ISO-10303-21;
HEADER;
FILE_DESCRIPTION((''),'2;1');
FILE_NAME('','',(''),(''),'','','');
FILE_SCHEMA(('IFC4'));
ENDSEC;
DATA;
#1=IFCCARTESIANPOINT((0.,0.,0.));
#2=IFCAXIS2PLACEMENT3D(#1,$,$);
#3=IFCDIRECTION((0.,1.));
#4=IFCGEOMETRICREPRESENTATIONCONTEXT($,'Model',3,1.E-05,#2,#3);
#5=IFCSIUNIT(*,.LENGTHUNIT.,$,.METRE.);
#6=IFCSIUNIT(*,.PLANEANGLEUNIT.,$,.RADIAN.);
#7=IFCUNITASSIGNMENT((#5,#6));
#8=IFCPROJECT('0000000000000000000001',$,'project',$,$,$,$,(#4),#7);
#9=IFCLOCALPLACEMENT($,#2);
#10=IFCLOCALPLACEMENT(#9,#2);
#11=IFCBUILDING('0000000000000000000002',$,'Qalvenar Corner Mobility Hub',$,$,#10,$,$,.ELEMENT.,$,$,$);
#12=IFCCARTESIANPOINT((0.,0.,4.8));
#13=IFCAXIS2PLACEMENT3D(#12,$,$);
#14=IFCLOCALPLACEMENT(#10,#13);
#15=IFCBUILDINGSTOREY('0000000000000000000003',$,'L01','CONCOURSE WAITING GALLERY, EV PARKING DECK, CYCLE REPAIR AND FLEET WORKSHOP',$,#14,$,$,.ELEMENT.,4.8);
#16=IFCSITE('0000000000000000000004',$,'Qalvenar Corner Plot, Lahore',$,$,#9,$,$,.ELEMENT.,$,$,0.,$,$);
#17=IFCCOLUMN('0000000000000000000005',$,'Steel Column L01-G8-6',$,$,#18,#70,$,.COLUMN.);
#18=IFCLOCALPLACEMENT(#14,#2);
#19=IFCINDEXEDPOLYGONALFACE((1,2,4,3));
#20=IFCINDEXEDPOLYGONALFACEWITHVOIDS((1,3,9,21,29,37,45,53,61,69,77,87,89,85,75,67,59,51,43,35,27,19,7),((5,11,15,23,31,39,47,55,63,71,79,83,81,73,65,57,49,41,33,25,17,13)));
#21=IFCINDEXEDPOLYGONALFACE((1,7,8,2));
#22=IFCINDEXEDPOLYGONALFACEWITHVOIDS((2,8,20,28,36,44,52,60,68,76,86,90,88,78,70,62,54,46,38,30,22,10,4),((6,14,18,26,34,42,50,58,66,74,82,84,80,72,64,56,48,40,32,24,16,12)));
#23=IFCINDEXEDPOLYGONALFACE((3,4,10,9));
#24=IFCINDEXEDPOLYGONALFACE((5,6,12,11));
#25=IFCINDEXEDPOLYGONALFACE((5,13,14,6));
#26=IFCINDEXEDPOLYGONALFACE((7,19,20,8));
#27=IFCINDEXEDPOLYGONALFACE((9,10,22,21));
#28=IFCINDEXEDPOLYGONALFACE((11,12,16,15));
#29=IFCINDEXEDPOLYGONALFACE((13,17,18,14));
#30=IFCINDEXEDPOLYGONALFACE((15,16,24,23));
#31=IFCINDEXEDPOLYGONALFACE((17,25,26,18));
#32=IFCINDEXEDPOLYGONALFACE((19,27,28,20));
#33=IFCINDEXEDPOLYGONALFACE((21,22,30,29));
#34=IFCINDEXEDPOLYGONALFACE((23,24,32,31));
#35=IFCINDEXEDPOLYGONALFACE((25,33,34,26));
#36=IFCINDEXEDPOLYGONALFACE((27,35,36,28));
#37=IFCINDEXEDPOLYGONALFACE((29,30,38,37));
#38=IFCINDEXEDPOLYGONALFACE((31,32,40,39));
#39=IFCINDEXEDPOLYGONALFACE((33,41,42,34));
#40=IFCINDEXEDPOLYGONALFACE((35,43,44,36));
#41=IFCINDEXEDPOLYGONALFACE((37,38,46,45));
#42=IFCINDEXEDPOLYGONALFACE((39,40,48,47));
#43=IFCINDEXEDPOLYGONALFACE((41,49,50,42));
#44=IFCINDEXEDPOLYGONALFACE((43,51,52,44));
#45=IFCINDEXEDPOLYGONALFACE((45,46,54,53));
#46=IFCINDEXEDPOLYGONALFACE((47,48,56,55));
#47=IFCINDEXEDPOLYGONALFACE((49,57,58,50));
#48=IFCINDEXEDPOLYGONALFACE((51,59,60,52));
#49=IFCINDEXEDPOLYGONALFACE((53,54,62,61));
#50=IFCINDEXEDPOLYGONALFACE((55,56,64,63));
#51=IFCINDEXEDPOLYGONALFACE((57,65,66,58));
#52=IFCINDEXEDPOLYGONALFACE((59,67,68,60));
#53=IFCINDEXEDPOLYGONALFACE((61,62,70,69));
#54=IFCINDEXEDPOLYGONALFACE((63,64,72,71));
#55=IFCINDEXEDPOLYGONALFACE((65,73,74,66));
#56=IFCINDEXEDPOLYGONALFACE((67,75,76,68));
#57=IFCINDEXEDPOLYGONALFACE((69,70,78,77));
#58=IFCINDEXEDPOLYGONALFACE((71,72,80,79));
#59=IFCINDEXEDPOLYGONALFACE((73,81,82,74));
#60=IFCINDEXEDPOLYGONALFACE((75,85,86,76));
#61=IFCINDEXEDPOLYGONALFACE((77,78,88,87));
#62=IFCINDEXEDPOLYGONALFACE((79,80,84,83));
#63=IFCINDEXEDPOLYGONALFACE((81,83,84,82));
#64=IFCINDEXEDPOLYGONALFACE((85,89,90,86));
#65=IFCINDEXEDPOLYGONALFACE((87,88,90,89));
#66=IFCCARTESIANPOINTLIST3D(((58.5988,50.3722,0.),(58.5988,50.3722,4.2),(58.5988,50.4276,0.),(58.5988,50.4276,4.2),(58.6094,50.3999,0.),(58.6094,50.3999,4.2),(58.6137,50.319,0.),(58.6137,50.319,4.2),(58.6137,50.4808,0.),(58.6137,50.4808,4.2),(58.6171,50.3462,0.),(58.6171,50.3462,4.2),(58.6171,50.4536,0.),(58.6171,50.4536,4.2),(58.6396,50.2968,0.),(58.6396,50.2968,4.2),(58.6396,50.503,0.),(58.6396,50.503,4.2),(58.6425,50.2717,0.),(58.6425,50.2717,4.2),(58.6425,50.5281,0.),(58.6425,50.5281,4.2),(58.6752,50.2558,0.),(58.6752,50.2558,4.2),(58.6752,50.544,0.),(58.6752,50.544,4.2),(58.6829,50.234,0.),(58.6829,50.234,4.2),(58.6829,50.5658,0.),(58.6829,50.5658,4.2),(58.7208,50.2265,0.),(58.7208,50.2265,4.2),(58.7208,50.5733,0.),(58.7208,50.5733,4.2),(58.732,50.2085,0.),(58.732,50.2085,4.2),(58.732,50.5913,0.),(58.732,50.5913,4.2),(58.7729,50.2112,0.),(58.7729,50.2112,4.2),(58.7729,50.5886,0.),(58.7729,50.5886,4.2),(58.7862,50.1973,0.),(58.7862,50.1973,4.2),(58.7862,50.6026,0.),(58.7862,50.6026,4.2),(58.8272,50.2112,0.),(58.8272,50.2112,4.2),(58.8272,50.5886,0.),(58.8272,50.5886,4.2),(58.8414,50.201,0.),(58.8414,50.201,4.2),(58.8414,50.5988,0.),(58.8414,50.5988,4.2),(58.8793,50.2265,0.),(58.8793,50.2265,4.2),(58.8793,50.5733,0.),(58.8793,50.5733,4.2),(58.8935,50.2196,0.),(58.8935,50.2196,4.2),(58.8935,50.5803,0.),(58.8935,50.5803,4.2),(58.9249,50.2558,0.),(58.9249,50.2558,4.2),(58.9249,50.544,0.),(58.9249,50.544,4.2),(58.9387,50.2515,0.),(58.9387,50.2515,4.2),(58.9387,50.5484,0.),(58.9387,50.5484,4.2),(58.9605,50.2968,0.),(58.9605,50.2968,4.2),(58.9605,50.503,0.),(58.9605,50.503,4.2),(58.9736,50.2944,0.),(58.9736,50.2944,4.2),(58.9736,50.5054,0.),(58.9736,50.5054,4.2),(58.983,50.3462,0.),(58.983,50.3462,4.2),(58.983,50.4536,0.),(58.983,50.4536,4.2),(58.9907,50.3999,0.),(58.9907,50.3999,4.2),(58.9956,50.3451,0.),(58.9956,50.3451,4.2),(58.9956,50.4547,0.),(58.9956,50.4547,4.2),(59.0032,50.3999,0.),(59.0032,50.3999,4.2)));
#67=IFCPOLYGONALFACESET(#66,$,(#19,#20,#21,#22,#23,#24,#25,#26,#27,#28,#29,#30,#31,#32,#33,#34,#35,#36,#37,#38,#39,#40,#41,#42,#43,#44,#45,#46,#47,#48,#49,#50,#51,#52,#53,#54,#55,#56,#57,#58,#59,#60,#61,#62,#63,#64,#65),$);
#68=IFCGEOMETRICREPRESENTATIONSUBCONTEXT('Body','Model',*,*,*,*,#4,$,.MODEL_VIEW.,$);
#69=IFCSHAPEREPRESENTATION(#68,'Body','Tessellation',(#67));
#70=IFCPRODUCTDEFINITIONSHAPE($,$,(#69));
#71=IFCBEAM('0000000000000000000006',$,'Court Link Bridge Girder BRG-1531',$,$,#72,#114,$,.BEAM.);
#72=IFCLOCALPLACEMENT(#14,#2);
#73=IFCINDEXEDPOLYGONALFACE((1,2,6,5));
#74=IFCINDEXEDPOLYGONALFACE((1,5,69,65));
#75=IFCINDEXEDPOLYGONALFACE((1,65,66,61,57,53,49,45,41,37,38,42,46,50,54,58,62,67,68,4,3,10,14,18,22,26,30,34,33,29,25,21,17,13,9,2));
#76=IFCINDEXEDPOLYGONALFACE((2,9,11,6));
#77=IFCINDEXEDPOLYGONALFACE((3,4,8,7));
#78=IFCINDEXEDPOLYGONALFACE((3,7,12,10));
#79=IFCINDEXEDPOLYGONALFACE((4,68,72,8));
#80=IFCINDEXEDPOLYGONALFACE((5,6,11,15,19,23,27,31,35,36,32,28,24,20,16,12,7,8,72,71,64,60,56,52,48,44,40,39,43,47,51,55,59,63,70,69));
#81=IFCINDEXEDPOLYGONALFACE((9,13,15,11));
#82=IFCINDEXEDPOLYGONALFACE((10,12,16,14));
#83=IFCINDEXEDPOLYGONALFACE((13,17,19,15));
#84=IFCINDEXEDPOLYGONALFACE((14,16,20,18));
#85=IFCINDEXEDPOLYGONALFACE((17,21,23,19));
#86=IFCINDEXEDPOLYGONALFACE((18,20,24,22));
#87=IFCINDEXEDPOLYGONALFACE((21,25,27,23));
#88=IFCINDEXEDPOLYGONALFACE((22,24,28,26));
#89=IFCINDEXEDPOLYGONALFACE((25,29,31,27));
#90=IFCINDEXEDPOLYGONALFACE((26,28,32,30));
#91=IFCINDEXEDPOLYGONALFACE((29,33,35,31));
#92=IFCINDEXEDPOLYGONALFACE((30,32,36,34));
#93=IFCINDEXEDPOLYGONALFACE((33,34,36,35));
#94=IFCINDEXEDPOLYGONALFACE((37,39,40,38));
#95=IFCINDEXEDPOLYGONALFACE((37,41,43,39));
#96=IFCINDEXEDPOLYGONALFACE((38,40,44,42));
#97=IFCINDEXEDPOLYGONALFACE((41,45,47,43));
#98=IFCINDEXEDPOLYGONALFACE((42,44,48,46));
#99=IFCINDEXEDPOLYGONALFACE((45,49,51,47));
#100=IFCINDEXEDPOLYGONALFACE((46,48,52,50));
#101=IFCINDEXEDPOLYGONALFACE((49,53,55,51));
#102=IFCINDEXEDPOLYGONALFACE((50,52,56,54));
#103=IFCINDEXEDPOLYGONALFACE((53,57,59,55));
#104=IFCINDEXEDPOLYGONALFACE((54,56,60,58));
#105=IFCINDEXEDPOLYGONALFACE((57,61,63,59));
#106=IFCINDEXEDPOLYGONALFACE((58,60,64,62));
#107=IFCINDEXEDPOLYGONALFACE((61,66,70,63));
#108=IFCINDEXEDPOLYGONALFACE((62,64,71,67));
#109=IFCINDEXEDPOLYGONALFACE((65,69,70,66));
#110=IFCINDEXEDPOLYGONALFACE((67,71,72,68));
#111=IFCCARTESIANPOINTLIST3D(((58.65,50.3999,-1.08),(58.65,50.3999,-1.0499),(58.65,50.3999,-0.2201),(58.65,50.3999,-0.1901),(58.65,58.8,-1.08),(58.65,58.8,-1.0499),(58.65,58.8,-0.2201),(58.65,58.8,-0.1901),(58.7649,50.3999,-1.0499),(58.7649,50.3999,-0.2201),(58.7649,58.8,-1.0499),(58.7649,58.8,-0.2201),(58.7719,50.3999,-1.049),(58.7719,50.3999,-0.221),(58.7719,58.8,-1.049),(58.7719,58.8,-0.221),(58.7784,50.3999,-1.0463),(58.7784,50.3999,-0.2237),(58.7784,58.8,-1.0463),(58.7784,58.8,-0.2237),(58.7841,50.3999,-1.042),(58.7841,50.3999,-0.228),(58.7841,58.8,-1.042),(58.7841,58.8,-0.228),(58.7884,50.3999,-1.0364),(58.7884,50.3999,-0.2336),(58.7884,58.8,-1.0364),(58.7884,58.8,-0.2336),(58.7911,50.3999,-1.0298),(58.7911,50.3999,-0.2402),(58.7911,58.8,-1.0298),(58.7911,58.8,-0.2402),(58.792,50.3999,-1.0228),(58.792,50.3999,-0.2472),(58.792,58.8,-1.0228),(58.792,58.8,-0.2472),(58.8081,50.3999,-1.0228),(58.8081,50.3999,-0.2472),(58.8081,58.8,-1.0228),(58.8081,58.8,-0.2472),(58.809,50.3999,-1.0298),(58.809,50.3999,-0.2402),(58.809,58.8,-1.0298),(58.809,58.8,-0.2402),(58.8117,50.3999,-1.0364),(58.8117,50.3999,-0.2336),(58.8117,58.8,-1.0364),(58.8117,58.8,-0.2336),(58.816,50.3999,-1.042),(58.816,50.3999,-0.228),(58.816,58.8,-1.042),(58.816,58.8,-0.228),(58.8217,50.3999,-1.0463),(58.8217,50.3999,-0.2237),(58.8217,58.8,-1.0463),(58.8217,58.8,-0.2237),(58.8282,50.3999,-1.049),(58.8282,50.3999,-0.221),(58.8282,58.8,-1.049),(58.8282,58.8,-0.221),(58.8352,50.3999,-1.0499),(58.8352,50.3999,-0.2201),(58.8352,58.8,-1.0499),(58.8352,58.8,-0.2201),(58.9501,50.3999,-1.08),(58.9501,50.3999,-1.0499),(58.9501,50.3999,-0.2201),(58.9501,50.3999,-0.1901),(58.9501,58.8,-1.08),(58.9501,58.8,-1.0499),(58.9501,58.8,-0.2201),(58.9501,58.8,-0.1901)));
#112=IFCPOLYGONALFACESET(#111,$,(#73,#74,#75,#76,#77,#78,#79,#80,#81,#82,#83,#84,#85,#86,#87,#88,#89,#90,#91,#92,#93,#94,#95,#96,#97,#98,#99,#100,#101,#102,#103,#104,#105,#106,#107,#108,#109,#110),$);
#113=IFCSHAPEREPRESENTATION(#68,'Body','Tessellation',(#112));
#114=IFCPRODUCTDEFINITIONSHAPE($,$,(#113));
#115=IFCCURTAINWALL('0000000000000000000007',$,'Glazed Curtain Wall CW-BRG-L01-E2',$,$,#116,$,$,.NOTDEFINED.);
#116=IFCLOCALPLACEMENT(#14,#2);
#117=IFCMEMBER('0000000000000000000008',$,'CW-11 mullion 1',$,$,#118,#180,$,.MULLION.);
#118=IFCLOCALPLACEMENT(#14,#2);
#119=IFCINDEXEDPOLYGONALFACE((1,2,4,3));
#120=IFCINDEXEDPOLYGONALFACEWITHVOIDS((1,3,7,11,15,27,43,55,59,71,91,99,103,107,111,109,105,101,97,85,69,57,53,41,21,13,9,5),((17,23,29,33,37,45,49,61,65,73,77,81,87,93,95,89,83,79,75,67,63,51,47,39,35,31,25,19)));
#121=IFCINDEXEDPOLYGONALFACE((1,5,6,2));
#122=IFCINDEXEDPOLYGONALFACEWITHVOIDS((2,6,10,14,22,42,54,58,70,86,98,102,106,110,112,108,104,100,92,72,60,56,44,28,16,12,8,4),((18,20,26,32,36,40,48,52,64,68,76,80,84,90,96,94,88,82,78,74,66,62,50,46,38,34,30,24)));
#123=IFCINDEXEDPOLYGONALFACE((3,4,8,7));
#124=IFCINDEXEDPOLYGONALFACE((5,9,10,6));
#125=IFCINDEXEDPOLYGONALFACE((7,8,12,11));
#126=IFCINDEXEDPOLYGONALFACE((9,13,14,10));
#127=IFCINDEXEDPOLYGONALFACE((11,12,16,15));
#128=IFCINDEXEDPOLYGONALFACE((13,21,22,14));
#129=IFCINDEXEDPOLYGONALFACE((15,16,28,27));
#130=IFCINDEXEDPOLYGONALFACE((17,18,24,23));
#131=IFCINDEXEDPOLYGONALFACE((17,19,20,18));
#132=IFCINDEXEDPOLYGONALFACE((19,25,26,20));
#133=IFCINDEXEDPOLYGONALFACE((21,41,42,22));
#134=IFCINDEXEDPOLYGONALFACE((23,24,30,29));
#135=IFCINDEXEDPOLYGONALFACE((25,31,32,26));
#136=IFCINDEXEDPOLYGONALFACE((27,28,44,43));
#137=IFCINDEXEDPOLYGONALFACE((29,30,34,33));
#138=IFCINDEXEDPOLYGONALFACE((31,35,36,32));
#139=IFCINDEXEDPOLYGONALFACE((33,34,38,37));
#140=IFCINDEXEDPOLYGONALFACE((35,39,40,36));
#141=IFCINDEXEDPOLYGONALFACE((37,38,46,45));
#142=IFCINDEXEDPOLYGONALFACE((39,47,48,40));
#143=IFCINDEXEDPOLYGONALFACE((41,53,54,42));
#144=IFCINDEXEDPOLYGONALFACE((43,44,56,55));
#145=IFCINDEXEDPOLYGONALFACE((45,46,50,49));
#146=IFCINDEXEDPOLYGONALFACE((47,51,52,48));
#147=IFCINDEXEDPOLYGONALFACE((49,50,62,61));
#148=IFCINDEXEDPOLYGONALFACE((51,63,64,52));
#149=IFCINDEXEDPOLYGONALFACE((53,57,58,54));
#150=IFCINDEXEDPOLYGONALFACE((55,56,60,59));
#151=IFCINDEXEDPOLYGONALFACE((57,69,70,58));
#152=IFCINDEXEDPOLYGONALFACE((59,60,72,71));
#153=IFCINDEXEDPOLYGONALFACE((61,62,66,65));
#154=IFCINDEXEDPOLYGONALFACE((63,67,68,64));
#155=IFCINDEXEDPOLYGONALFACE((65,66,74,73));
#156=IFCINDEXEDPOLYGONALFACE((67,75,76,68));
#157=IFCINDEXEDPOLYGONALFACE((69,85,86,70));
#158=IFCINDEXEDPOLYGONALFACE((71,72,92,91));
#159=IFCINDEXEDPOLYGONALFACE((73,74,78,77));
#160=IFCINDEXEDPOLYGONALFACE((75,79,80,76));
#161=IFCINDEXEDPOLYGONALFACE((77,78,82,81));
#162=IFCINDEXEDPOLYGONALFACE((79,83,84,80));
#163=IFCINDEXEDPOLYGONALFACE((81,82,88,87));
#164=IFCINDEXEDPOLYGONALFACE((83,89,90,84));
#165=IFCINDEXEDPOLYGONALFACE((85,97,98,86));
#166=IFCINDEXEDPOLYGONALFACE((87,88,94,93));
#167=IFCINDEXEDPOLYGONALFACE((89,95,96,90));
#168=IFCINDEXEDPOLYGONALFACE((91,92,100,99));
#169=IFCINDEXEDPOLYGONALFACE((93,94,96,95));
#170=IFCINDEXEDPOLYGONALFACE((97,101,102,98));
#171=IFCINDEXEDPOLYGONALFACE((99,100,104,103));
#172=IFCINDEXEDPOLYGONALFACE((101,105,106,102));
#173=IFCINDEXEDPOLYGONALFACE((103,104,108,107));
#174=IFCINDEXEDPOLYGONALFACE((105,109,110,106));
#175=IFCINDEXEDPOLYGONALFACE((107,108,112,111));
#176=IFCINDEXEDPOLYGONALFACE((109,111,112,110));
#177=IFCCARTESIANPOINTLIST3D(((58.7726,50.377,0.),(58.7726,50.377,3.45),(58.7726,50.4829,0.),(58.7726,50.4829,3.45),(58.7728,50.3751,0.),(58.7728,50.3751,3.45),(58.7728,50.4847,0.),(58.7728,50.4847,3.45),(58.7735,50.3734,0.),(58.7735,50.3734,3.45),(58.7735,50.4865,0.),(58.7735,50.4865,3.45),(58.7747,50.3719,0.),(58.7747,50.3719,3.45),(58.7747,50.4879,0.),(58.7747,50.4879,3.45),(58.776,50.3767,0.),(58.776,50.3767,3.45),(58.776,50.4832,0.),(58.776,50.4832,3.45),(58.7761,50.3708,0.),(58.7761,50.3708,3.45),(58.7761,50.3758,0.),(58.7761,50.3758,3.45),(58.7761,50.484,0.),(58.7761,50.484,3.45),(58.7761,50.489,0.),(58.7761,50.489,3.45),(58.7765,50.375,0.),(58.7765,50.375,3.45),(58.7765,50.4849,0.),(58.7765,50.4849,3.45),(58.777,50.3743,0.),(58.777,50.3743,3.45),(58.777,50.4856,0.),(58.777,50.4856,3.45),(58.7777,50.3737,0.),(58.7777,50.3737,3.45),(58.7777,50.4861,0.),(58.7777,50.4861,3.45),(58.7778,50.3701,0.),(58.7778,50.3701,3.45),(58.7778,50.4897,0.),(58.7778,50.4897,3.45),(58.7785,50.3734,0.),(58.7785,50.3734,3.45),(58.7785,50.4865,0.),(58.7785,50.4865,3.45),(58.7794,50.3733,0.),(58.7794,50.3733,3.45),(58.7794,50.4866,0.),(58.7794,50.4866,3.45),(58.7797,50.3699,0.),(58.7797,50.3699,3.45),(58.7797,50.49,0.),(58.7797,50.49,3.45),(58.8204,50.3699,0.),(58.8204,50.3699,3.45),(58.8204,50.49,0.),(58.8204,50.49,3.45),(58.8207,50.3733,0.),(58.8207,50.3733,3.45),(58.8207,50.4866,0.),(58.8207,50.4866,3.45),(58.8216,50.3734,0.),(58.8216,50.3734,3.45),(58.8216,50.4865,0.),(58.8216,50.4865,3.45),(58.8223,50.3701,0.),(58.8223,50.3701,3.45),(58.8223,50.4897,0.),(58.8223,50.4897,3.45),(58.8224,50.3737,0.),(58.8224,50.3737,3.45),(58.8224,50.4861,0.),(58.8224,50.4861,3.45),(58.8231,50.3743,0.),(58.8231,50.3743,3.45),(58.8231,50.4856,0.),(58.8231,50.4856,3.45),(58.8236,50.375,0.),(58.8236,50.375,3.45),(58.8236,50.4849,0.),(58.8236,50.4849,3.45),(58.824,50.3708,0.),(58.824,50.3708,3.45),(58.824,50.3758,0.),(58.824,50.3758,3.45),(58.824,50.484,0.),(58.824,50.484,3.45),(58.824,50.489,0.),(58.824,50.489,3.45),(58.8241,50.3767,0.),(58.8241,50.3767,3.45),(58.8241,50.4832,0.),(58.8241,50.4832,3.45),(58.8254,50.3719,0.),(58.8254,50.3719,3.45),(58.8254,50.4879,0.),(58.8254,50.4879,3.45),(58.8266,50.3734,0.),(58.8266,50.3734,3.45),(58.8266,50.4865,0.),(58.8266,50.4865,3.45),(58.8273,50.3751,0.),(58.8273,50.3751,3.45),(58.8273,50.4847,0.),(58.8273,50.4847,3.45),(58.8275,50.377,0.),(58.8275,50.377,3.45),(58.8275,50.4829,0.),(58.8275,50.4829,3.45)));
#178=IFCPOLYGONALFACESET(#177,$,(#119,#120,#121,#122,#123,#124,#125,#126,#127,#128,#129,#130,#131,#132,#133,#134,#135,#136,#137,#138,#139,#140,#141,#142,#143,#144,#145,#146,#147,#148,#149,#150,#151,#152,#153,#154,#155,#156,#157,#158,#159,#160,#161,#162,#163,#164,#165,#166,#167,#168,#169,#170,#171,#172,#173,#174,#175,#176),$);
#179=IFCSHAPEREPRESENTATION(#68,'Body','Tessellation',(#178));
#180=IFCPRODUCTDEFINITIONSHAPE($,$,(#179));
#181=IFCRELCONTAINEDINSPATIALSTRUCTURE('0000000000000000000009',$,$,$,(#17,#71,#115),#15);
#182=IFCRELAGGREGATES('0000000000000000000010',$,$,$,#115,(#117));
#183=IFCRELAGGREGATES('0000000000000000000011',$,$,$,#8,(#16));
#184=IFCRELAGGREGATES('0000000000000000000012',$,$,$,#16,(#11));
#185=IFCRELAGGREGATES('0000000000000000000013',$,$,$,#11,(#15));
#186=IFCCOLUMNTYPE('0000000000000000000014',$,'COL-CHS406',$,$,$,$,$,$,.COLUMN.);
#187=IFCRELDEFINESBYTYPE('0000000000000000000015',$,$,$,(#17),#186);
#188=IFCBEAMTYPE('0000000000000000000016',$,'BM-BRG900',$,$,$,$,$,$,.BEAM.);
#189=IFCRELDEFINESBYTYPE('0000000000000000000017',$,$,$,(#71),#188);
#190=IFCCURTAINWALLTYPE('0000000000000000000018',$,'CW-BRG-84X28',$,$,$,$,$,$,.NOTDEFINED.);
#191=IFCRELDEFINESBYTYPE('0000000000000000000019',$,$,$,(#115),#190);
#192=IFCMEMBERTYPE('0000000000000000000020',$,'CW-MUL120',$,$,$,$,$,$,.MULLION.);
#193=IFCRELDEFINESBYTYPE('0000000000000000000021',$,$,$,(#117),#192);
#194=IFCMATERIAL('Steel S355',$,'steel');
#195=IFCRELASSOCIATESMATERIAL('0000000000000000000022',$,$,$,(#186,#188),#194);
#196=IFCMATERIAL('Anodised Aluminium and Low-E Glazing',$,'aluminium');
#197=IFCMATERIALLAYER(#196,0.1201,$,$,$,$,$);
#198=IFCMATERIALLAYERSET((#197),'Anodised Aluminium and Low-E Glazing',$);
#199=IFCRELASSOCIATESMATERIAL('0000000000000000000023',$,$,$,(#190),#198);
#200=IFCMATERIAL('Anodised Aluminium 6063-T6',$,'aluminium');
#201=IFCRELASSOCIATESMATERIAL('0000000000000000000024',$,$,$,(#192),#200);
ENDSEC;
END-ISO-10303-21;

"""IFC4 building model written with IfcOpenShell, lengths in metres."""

from ifc_helpers import new_model, si_unit, direction, frame, origin, origin_2d, place, context, subcontext, project, spatial, hollow_rectangle, hollow_circle, i_section, extrude, material, layer, layer_set, material_profile, profile_set, type_object, element, aggregate, save


model = new_model("IFC4")

# Units and contexts
model_context = context("Model", 3, precision=1e-05, world=origin(), true_north=direction((0.0, 1.0)))
body_context = subcontext(model_context, "Body", "Model", "MODEL_VIEW")
ifc_project = project(units=[si_unit("LENGTHUNIT", "METRE"), si_unit("PLANEANGLEUNIT", "RADIAN")], contexts=[model_context])

# Site, building, storey
site_placement = place(None, origin())
site = spatial("IfcSite", under=ifc_project, at=site_placement, Name="Qalvenar Corner Plot, Lahore", CompositionType="ELEMENT", RefElevation=0.0)
building_placement = place(site_placement, origin())
building = spatial("IfcBuilding", under=site, at=building_placement, Name="Qalvenar Corner Mobility Hub", CompositionType="ELEMENT")
storey_placement = place(building_placement, frame((0.0, 0.0, 4.8)))
storey = spatial("IfcBuildingStorey", under=building, at=storey_placement, Name="L01", Description="CONCOURSE WAITING GALLERY, EV PARKING DECK, CYCLE REPAIR AND FLEET WORKSHOP", CompositionType="ELEMENT", Elevation=4.8)

# Column
ifc_material_1 = material(Name="Steel S355", Category="steel")
ifc_material_profile_1 = material_profile(ifc_material_1, hollow_circle(Radius=0.2031, WallThickness=0.0125, at=origin_2d()), Name="CHS406.4x12.5")
ifc_profile_set_1 = profile_set([ifc_material_profile_1], Name="Steel S355")
column_type = type_object("IfcColumnType", Name="COL-CHS406", PredefinedType="COLUMN", material=ifc_profile_set_1)
column_placement = place(storey_placement, frame((58.8, 50.3999, 0.0), z_axis=(0.0, 0.0, 1.0), x_axis=(1.0, 0.0, 0.0)))
element("IfcColumn", 1, at=column_placement, inside=storey, type_object=column_type, Name="Steel Column L01-G8-6", PredefinedType="COLUMN", context=body_context, shape_type="SweptSolid", body=[
    extrude(hollow_circle(Radius=0.2031, WallThickness=0.0125, at=origin_2d()), origin(), (0.0, 0.0, 1.0), 4.2),
])

# Beam
ifc_material_profile_2 = material_profile(ifc_material_1, i_section(OverallWidth=0.3, OverallDepth=0.8899, WebThickness=0.0161, FlangeThickness=0.03, FilletRadius=0.0271, at=origin_2d()), Name="HEA900")
ifc_profile_set_2 = profile_set([ifc_material_profile_2], Name="Steel S355")
beam_type = type_object("IfcBeamType", Name="BM-BRG900", PredefinedType="BEAM", material=ifc_profile_set_2)
beam_placement = place(storey_placement, frame((58.8, 50.3999, -0.635), z_axis=(0.0, 1.0, 0.0), x_axis=(-1.0, 0.0, 0.0)))
element("IfcBeam", 2, at=beam_placement, inside=storey, type_object=beam_type, Name="Court Link Bridge Girder BRG-1531", PredefinedType="BEAM", context=body_context, shape_type="SweptSolid", body=[
    extrude(i_section(OverallWidth=0.3, OverallDepth=0.8899, WebThickness=0.0161, FlangeThickness=0.03, FilletRadius=0.0271, at=origin_2d()), origin(), (0.0, 0.0, 1.0), 8.4001),
])

# Curtain wall, member
ifc_material_2 = material(Name="Anodised Aluminium and Low-E Glazing", Category="aluminium")
ifc_layer_1 = layer(ifc_material_2, 0.1201)
ifc_layer_set_1 = layer_set([ifc_layer_1], Name="Anodised Aluminium and Low-E Glazing")
curtain_wall_type = type_object("IfcCurtainWallType", Name="CW-BRG-84X28", PredefinedType="NOTDEFINED", material=ifc_layer_set_1)
curtain_wall_placement = place(storey_placement, origin())
curtain_wall = element("IfcCurtainWall", 3, at=curtain_wall_placement, inside=storey, type_object=curtain_wall_type, Name="Glazed Curtain Wall CW-BRG-L01-E2", PredefinedType="NOTDEFINED")
ifc_material_3 = material(Name="Anodised Aluminium 6063-T6", Category="aluminium")
ifc_material_profile_3 = material_profile(ifc_material_3, hollow_rectangle(XDim=0.0549, YDim=0.1201, WallThickness=0.0034, InnerFilletRadius=0.0034, OuterFilletRadius=0.0071, at=origin_2d()), Name="RHS120x55x3.5")
ifc_profile_set_3 = profile_set([ifc_material_profile_3], Name="Anodised Aluminium 6063-T6")
member_type_1 = type_object("IfcMemberType", Name="CW-MUL120", PredefinedType="MULLION", material=ifc_profile_set_3)
member_1_placement = place(storey_placement, frame((58.8, 50.4299, 0.0), z_axis=(0.0, 0.0, 1.0), x_axis=(-1.0, 0.0, 0.0)))
member_1 = element("IfcMember", 4, at=member_1_placement, type_object=member_type_1, Name="CW-11 mullion 1", PredefinedType="MULLION", context=body_context, shape_type="SweptSolid", body=[
    extrude(hollow_rectangle(XDim=0.0549, YDim=0.1201, WallThickness=0.0034, InnerFilletRadius=0.0034, OuterFilletRadius=0.0071, at=origin_2d()), origin(), (0.0, 0.0, 1.0), 3.45),
])
aggregate(curtain_wall, [member_1])

save(model, "model.ifc")
